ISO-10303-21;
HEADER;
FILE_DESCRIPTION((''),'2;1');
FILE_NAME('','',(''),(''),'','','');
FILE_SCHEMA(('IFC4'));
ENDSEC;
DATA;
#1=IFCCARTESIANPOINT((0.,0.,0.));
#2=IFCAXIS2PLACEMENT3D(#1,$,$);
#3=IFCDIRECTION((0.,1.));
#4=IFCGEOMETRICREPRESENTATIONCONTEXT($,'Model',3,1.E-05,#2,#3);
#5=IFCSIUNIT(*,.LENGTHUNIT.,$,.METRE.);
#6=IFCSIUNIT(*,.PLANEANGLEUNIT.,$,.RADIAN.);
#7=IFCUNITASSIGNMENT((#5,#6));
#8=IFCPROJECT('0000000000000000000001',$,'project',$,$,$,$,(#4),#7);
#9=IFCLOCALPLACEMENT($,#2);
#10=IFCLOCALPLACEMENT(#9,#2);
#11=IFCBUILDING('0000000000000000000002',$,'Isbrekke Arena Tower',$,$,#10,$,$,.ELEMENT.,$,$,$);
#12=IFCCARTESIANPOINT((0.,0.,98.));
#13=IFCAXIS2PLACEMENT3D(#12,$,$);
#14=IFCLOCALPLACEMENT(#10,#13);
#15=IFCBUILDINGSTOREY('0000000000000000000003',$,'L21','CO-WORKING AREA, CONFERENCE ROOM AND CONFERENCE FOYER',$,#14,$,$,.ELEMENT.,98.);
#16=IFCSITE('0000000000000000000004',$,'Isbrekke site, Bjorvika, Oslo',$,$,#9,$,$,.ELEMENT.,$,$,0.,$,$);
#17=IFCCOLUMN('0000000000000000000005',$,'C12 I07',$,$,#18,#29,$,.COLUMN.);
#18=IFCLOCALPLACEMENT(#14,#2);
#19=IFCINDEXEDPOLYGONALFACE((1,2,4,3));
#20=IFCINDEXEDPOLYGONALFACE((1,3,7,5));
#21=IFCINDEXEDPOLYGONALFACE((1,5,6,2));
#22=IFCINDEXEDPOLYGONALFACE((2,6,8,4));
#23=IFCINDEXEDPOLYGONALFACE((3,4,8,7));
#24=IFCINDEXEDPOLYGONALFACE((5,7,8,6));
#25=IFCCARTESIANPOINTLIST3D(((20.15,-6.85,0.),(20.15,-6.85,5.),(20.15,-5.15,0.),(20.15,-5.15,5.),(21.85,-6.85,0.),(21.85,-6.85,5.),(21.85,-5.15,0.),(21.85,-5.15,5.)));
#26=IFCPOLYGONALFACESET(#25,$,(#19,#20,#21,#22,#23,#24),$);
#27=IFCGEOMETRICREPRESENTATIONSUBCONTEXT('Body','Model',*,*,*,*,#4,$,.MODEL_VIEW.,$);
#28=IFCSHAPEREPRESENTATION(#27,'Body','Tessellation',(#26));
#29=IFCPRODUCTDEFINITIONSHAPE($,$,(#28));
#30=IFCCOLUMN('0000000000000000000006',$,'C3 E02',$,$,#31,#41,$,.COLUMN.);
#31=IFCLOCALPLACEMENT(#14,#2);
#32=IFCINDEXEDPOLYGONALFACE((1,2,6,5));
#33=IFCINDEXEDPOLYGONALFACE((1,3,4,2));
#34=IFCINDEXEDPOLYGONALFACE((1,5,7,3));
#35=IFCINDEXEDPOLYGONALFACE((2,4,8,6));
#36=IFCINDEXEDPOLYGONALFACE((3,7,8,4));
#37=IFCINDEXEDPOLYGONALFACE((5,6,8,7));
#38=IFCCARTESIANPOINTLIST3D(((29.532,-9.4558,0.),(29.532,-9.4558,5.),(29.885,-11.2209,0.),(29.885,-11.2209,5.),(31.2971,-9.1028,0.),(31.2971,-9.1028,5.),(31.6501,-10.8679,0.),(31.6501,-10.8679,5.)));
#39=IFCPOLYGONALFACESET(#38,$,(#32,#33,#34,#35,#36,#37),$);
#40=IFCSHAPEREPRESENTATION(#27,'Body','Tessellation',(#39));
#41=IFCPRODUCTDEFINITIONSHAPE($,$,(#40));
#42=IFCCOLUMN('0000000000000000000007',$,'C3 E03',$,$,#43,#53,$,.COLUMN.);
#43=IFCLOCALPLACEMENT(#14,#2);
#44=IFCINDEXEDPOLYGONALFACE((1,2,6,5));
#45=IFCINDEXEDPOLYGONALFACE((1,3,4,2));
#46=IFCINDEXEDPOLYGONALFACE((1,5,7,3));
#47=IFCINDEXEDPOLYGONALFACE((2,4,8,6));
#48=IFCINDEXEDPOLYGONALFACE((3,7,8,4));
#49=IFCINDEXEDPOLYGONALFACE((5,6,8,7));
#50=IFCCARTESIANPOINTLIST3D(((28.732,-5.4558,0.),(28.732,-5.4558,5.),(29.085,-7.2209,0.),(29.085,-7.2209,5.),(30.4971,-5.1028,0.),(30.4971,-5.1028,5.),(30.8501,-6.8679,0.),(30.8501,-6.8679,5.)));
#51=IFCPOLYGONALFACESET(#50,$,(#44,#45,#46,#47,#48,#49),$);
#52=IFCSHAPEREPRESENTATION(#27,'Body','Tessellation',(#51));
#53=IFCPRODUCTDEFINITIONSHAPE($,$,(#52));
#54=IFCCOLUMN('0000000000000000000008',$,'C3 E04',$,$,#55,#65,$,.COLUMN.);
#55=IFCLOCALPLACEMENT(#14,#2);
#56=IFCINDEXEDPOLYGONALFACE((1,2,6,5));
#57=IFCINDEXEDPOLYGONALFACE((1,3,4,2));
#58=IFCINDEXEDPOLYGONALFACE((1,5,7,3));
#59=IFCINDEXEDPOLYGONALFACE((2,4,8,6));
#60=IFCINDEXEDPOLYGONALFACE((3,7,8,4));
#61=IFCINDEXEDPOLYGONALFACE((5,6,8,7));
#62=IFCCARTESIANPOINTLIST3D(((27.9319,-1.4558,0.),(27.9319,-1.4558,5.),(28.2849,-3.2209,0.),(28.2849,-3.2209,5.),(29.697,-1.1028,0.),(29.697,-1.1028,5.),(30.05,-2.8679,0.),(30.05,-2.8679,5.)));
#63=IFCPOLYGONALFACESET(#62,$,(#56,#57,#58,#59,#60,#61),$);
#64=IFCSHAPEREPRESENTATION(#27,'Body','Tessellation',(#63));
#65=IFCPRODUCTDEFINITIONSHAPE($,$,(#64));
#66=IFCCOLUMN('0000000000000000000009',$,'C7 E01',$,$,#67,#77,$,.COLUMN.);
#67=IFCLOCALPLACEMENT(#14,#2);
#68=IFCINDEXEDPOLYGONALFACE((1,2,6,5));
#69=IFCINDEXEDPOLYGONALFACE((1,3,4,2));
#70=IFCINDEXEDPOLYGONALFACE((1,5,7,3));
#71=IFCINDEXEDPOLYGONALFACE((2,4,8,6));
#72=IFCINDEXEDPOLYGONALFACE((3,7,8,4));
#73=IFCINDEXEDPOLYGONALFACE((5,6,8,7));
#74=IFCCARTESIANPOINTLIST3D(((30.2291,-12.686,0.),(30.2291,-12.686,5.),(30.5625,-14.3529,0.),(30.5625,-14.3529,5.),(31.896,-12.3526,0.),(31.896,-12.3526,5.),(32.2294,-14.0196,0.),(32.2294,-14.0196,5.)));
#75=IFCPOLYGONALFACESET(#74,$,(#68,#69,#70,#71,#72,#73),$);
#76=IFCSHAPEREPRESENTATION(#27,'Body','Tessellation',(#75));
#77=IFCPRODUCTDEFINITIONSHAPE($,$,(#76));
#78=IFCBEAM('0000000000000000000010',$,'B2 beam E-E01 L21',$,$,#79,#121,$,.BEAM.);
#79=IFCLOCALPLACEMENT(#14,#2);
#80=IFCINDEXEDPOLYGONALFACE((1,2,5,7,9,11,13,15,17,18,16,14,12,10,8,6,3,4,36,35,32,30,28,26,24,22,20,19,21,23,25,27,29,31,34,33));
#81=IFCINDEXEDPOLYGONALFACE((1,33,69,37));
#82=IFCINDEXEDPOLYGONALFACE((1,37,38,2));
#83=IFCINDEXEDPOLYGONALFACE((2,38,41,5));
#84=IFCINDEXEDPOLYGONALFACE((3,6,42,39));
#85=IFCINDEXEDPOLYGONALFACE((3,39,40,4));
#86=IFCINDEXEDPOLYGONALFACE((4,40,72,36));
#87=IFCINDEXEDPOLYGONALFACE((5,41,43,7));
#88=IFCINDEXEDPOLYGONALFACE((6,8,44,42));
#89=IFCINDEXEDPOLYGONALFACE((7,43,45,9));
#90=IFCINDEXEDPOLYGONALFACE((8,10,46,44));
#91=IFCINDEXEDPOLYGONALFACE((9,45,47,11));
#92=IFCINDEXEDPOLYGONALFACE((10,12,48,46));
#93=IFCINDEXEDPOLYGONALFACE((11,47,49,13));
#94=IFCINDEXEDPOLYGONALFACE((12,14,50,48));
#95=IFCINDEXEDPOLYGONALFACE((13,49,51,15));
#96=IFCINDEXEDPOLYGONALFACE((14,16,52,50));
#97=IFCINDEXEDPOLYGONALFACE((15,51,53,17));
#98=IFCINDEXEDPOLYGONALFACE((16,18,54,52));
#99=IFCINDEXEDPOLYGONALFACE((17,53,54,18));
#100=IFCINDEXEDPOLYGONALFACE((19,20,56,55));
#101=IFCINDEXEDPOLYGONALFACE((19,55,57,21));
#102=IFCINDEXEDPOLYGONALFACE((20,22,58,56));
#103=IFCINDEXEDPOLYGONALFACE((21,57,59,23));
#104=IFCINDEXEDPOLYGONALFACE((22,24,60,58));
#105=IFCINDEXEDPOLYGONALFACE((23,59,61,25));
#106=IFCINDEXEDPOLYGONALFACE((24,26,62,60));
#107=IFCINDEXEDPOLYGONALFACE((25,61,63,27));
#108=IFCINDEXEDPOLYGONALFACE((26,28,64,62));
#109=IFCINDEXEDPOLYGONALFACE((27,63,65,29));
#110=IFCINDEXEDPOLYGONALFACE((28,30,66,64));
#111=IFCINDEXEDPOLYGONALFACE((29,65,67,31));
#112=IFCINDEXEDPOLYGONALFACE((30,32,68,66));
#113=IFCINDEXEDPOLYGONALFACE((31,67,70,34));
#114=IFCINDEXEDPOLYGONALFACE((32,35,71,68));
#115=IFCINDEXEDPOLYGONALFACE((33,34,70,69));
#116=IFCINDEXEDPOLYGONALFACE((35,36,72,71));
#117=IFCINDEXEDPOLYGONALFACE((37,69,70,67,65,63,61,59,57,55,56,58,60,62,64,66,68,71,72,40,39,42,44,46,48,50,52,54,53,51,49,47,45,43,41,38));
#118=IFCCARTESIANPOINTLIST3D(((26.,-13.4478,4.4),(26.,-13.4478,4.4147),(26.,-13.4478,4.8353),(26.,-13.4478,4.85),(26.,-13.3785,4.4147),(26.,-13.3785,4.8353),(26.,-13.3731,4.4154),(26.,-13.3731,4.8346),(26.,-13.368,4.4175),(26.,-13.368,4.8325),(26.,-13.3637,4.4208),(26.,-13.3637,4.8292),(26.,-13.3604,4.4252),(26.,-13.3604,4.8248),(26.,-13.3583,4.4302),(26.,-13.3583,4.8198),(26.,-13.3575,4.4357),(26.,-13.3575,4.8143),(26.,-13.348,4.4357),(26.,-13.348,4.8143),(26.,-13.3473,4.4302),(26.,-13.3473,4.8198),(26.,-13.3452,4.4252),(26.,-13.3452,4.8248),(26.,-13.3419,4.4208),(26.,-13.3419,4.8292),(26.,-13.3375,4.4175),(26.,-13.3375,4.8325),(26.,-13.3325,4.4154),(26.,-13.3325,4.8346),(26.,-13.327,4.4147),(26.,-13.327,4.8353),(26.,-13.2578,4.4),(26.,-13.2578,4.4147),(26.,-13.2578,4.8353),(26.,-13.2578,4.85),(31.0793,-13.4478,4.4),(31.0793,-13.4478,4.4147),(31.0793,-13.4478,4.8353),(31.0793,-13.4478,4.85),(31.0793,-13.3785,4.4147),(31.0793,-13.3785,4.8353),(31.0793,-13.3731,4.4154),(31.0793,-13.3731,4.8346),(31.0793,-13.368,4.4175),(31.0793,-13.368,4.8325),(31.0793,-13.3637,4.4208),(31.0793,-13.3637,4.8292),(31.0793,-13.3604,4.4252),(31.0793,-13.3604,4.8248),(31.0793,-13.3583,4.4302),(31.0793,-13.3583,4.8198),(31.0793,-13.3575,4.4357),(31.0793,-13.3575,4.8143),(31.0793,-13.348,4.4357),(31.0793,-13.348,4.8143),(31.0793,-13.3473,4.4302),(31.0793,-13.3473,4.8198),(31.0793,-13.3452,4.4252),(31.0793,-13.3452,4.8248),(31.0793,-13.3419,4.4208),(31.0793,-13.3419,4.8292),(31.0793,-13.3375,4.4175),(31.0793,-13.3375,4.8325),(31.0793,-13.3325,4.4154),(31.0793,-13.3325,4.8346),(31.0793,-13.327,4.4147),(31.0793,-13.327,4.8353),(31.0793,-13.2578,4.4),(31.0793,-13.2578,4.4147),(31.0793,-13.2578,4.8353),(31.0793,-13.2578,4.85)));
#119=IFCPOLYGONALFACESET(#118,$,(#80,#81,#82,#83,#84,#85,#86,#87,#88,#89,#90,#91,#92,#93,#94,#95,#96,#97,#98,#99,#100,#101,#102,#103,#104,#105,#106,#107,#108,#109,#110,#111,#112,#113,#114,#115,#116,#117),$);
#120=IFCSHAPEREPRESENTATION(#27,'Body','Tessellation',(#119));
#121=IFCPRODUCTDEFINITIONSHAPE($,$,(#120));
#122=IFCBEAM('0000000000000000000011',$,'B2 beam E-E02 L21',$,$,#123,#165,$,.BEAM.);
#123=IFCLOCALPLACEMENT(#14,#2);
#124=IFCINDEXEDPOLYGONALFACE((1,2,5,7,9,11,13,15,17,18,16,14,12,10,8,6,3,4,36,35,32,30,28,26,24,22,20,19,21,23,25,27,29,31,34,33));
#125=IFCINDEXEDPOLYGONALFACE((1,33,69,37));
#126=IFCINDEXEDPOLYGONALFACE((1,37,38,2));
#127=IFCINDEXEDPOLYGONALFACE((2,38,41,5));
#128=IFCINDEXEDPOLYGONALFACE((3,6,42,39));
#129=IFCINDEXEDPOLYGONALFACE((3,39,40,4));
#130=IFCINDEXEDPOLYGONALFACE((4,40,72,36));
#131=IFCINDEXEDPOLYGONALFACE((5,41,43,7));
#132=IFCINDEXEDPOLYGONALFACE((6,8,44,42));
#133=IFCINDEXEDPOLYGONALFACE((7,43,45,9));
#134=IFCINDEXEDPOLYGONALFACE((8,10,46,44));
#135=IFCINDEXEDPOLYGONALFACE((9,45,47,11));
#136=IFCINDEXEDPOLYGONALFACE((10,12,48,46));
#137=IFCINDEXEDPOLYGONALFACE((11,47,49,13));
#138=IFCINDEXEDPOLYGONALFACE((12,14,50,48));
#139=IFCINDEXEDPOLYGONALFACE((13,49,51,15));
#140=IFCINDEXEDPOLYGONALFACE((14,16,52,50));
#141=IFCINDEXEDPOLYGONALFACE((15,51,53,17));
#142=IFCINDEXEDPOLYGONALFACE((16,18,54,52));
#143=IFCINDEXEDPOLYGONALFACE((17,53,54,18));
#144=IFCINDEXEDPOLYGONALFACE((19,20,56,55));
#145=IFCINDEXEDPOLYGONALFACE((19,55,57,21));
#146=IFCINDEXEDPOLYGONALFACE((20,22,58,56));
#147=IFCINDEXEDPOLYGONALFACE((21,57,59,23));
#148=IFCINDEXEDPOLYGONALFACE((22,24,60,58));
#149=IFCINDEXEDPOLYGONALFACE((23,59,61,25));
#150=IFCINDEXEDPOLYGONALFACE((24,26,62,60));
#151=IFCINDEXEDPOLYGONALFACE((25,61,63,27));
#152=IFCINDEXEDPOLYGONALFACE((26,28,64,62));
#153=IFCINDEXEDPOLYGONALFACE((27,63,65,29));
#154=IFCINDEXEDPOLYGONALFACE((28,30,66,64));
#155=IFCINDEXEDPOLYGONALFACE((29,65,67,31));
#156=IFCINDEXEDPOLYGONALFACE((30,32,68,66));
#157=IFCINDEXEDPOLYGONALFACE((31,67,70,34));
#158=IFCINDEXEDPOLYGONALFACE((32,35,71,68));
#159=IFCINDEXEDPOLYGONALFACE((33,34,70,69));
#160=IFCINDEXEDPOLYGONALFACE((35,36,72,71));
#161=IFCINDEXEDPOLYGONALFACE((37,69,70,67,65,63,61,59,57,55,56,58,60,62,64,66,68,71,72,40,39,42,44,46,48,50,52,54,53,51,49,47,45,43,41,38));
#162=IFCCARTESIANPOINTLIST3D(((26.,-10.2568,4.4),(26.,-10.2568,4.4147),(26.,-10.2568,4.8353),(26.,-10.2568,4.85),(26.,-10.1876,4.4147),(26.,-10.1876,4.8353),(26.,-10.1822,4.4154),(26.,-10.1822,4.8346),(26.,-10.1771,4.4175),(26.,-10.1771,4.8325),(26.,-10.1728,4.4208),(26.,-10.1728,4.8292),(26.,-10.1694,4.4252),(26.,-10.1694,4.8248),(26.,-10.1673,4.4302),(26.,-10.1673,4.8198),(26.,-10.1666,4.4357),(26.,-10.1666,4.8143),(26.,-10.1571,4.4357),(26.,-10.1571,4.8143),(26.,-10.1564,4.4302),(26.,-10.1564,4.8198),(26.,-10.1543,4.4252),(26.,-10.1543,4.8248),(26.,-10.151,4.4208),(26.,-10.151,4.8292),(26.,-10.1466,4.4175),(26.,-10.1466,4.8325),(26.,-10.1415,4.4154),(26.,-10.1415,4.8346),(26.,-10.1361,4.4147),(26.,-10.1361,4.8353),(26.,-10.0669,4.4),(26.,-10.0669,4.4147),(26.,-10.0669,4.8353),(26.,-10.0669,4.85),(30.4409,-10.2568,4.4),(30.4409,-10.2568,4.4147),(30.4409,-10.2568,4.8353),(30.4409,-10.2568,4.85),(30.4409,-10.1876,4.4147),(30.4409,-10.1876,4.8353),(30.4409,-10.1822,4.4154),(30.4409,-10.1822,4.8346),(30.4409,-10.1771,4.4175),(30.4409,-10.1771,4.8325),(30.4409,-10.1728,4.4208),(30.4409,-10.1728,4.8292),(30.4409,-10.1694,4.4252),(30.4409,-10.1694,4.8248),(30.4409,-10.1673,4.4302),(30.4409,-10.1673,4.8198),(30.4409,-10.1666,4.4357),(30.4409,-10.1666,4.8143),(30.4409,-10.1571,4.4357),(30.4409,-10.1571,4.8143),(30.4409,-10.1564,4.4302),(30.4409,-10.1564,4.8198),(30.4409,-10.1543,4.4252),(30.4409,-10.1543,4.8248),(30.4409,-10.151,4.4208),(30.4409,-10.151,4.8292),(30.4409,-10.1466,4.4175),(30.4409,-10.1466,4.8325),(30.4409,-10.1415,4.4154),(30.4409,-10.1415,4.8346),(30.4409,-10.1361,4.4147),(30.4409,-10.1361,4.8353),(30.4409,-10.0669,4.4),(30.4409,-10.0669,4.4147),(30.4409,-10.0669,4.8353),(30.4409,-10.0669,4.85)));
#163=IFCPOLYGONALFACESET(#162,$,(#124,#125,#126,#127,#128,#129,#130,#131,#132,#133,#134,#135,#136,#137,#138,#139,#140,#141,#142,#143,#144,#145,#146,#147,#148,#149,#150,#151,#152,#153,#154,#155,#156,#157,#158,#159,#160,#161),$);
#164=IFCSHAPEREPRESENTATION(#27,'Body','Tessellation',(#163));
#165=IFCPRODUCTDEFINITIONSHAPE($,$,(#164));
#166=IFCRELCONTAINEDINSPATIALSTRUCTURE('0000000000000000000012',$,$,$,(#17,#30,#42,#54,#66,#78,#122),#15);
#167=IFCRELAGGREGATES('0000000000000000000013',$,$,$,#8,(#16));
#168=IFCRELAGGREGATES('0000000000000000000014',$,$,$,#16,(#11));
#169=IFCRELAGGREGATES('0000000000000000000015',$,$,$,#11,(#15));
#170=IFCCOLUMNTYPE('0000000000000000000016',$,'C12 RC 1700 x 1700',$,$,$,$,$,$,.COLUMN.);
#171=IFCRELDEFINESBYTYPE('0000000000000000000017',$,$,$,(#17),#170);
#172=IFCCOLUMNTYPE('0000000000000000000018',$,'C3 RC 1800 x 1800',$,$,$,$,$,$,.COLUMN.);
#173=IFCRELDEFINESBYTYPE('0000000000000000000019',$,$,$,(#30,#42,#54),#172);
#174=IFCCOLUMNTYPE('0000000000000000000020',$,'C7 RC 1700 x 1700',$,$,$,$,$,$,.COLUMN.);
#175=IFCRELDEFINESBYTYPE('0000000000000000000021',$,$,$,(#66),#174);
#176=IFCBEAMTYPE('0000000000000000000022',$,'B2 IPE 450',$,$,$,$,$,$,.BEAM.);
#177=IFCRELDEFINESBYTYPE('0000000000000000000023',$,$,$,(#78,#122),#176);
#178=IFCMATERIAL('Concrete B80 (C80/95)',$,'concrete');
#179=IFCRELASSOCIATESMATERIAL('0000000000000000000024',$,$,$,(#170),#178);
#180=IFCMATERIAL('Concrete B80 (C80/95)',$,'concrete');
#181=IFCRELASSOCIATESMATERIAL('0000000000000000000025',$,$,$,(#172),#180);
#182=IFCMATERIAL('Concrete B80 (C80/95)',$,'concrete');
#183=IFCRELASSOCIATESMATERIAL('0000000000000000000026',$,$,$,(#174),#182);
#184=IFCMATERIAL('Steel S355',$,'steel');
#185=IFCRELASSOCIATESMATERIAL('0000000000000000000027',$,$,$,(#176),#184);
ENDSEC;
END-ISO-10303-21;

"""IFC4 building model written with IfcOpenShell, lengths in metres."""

from ifc_helpers import new_model, si_unit, direction, frame, origin, origin_2d, place, context, subcontext, project, spatial, rectangle, i_section, extrude, material, material_profile, profile_set, type_object, element, save


model = new_model("IFC4")

# Units and contexts
model_context = context("Model", 3, precision=1e-05, world=origin(), true_north=direction((0.0, 1.0)))
body_context = subcontext(model_context, "Body", "Model", "MODEL_VIEW")
ifc_project = project(units=[si_unit("LENGTHUNIT", "METRE"), si_unit("PLANEANGLEUNIT", "RADIAN")], contexts=[model_context])

# Site, building, storey
site_placement = place(None, origin())
site = spatial("IfcSite", under=ifc_project, at=site_placement, Name="Isbrekke site, Bjorvika, Oslo", CompositionType="ELEMENT", RefElevation=0.0)
building_placement = place(site_placement, origin())
building = spatial("IfcBuilding", under=site, at=building_placement, Name="Isbrekke Arena Tower", CompositionType="ELEMENT")
storey_placement = place(building_placement, frame((0.0, 0.0, 98.0)))
storey = spatial("IfcBuildingStorey", under=building, at=storey_placement, Name="L21", Description="CO-WORKING AREA, CONFERENCE ROOM AND CONFERENCE FOYER", CompositionType="ELEMENT", Elevation=98.0)

# Columns
ifc_material_1 = material(Name="Concrete B80 (C80/95)", Category="concrete")
ifc_material_profile_1 = material_profile(ifc_material_1, rectangle(XDim=1.7, YDim=1.7, at=origin_2d()), Name="RC 1700x1700")
ifc_profile_set_1 = profile_set([ifc_material_profile_1], Name="Concrete B80 (C80/95)")
column_type_1 = type_object("IfcColumnType", Name="C12 RC 1700 x 1700", PredefinedType="COLUMN", material=ifc_profile_set_1)
column_1_placement = place(storey_placement, frame((21.0, -6.0, 0.0), z_axis=(0.0, 0.0, 1.0), x_axis=(1.0, 0.0, 0.0)))
element("IfcColumn", 1, at=column_1_placement, inside=storey, type_object=column_type_1, Name="C12 I07", PredefinedType="COLUMN", context=body_context, shape_type="SweptSolid", body=[
    extrude(rectangle(XDim=1.7, YDim=1.7, at=origin_2d()), origin(), (0.0, 0.0, 1.0), 5.0),
])
ifc_material_2 = material(Name="Concrete B80 (C80/95)", Category="concrete")
ifc_material_profile_2 = material_profile(ifc_material_2, rectangle(XDim=1.8, YDim=1.8, at=origin_2d()), Name="RC 1800x1800")
ifc_profile_set_2 = profile_set([ifc_material_profile_2], Name="Concrete B80 (C80/95)")
column_type_2 = type_object("IfcColumnType", Name="C3 RC 1800 x 1800", PredefinedType="COLUMN", material=ifc_profile_set_2)
for number, where, z_axis, x_axis, name in (
    (2, (30.5911, -10.1619, 0.0), (0.0, 0.0, 1.0), (-0.196116, 0.980581, 0.0), "C3 E02"),
    (3, (29.791, -6.1619, 0.0), (0.0, 0.0, 1.0), (-0.196116, 0.980581, 0.0), "C3 E03"),
    (4, (28.991, -2.1619, 0.0), (0.0, 0.0, 1.0), (-0.196116, 0.980581, 0.0), "C3 E04"),
):
    element("IfcColumn", number, at=place(storey_placement, frame(where, z_axis=z_axis, x_axis=x_axis)), inside=storey, type_object=column_type_2, Name=name, PredefinedType="COLUMN", context=body_context, shape_type="SweptSolid", body=[
        extrude(rectangle(XDim=1.8, YDim=1.8, at=origin_2d()), origin(), (0.0, 0.0, 1.0), 5.0),
    ])
ifc_material_3 = material(Name="Concrete B80 (C80/95)", Category="concrete")
ifc_material_profile_3 = material_profile(ifc_material_3, rectangle(XDim=1.7, YDim=1.7, at=origin_2d()), Name="RC 1700x1700")
ifc_profile_set_3 = profile_set([ifc_material_profile_3], Name="Concrete B80 (C80/95)")
column_type_3 = type_object("IfcColumnType", Name="C7 RC 1700 x 1700", PredefinedType="COLUMN", material=ifc_profile_set_3)
column_2_placement = place(storey_placement, frame((31.2292, -13.3528, 0.0), z_axis=(0.0, 0.0, 1.0), x_axis=(-0.196116, 0.980581, 0.0)))
element("IfcColumn", 5, at=column_2_placement, inside=storey, type_object=column_type_3, Name="C7 E01", PredefinedType="COLUMN", context=body_context, shape_type="SweptSolid", body=[
    extrude(rectangle(XDim=1.7, YDim=1.7, at=origin_2d()), origin(), (0.0, 0.0, 1.0), 5.0),
])

# Beams
ifc_material_4 = material(Name="Steel S355", Category="steel")
ifc_material_profile_4 = material_profile(ifc_material_4, i_section(OverallWidth=0.1899, OverallDepth=0.45, WebThickness=0.0095, FlangeThickness=0.0146, FilletRadius=0.021, at=origin_2d()), Name="IPE 450")
ifc_profile_set_4 = profile_set([ifc_material_profile_4], Name="Steel S355")
beam_type_1 = type_object("IfcBeamType", Name="B2 IPE 450", PredefinedType="BEAM", material=ifc_profile_set_4)
beam_1_placement = place(storey_placement, frame((31.0793, -13.3528, 4.625), z_axis=(-1.0, 0.0, 0.0), x_axis=(0.0, -1.0, 0.0)))
element("IfcBeam", 6, at=beam_1_placement, inside=storey, type_object=beam_type_1, Name="B2 beam E-E01 L21", PredefinedType="BEAM", context=body_context, shape_type="SweptSolid", body=[
    extrude(i_section(OverallWidth=0.1899, OverallDepth=0.45, WebThickness=0.0095, FlangeThickness=0.0146, FilletRadius=0.021, at=origin_2d()), origin(), (0.0, 0.0, 1.0), 5.0793),
])
beam_2_placement = place(storey_placement, frame((30.4409, -10.1619, 4.625), z_axis=(-1.0, 0.0, 0.0), x_axis=(0.0, -1.0, 0.0)))
element("IfcBeam", 7, at=beam_2_placement, inside=storey, type_object=beam_type_1, Name="B2 beam E-E02 L21", PredefinedType="BEAM", context=body_context, shape_type="SweptSolid", body=[
    extrude(i_section(OverallWidth=0.1899, OverallDepth=0.45, WebThickness=0.0095, FlangeThickness=0.0146, FilletRadius=0.021, at=origin_2d()), origin(), (0.0, 0.0, 1.0), 4.4409),
])

save(model, "model.ifc")
